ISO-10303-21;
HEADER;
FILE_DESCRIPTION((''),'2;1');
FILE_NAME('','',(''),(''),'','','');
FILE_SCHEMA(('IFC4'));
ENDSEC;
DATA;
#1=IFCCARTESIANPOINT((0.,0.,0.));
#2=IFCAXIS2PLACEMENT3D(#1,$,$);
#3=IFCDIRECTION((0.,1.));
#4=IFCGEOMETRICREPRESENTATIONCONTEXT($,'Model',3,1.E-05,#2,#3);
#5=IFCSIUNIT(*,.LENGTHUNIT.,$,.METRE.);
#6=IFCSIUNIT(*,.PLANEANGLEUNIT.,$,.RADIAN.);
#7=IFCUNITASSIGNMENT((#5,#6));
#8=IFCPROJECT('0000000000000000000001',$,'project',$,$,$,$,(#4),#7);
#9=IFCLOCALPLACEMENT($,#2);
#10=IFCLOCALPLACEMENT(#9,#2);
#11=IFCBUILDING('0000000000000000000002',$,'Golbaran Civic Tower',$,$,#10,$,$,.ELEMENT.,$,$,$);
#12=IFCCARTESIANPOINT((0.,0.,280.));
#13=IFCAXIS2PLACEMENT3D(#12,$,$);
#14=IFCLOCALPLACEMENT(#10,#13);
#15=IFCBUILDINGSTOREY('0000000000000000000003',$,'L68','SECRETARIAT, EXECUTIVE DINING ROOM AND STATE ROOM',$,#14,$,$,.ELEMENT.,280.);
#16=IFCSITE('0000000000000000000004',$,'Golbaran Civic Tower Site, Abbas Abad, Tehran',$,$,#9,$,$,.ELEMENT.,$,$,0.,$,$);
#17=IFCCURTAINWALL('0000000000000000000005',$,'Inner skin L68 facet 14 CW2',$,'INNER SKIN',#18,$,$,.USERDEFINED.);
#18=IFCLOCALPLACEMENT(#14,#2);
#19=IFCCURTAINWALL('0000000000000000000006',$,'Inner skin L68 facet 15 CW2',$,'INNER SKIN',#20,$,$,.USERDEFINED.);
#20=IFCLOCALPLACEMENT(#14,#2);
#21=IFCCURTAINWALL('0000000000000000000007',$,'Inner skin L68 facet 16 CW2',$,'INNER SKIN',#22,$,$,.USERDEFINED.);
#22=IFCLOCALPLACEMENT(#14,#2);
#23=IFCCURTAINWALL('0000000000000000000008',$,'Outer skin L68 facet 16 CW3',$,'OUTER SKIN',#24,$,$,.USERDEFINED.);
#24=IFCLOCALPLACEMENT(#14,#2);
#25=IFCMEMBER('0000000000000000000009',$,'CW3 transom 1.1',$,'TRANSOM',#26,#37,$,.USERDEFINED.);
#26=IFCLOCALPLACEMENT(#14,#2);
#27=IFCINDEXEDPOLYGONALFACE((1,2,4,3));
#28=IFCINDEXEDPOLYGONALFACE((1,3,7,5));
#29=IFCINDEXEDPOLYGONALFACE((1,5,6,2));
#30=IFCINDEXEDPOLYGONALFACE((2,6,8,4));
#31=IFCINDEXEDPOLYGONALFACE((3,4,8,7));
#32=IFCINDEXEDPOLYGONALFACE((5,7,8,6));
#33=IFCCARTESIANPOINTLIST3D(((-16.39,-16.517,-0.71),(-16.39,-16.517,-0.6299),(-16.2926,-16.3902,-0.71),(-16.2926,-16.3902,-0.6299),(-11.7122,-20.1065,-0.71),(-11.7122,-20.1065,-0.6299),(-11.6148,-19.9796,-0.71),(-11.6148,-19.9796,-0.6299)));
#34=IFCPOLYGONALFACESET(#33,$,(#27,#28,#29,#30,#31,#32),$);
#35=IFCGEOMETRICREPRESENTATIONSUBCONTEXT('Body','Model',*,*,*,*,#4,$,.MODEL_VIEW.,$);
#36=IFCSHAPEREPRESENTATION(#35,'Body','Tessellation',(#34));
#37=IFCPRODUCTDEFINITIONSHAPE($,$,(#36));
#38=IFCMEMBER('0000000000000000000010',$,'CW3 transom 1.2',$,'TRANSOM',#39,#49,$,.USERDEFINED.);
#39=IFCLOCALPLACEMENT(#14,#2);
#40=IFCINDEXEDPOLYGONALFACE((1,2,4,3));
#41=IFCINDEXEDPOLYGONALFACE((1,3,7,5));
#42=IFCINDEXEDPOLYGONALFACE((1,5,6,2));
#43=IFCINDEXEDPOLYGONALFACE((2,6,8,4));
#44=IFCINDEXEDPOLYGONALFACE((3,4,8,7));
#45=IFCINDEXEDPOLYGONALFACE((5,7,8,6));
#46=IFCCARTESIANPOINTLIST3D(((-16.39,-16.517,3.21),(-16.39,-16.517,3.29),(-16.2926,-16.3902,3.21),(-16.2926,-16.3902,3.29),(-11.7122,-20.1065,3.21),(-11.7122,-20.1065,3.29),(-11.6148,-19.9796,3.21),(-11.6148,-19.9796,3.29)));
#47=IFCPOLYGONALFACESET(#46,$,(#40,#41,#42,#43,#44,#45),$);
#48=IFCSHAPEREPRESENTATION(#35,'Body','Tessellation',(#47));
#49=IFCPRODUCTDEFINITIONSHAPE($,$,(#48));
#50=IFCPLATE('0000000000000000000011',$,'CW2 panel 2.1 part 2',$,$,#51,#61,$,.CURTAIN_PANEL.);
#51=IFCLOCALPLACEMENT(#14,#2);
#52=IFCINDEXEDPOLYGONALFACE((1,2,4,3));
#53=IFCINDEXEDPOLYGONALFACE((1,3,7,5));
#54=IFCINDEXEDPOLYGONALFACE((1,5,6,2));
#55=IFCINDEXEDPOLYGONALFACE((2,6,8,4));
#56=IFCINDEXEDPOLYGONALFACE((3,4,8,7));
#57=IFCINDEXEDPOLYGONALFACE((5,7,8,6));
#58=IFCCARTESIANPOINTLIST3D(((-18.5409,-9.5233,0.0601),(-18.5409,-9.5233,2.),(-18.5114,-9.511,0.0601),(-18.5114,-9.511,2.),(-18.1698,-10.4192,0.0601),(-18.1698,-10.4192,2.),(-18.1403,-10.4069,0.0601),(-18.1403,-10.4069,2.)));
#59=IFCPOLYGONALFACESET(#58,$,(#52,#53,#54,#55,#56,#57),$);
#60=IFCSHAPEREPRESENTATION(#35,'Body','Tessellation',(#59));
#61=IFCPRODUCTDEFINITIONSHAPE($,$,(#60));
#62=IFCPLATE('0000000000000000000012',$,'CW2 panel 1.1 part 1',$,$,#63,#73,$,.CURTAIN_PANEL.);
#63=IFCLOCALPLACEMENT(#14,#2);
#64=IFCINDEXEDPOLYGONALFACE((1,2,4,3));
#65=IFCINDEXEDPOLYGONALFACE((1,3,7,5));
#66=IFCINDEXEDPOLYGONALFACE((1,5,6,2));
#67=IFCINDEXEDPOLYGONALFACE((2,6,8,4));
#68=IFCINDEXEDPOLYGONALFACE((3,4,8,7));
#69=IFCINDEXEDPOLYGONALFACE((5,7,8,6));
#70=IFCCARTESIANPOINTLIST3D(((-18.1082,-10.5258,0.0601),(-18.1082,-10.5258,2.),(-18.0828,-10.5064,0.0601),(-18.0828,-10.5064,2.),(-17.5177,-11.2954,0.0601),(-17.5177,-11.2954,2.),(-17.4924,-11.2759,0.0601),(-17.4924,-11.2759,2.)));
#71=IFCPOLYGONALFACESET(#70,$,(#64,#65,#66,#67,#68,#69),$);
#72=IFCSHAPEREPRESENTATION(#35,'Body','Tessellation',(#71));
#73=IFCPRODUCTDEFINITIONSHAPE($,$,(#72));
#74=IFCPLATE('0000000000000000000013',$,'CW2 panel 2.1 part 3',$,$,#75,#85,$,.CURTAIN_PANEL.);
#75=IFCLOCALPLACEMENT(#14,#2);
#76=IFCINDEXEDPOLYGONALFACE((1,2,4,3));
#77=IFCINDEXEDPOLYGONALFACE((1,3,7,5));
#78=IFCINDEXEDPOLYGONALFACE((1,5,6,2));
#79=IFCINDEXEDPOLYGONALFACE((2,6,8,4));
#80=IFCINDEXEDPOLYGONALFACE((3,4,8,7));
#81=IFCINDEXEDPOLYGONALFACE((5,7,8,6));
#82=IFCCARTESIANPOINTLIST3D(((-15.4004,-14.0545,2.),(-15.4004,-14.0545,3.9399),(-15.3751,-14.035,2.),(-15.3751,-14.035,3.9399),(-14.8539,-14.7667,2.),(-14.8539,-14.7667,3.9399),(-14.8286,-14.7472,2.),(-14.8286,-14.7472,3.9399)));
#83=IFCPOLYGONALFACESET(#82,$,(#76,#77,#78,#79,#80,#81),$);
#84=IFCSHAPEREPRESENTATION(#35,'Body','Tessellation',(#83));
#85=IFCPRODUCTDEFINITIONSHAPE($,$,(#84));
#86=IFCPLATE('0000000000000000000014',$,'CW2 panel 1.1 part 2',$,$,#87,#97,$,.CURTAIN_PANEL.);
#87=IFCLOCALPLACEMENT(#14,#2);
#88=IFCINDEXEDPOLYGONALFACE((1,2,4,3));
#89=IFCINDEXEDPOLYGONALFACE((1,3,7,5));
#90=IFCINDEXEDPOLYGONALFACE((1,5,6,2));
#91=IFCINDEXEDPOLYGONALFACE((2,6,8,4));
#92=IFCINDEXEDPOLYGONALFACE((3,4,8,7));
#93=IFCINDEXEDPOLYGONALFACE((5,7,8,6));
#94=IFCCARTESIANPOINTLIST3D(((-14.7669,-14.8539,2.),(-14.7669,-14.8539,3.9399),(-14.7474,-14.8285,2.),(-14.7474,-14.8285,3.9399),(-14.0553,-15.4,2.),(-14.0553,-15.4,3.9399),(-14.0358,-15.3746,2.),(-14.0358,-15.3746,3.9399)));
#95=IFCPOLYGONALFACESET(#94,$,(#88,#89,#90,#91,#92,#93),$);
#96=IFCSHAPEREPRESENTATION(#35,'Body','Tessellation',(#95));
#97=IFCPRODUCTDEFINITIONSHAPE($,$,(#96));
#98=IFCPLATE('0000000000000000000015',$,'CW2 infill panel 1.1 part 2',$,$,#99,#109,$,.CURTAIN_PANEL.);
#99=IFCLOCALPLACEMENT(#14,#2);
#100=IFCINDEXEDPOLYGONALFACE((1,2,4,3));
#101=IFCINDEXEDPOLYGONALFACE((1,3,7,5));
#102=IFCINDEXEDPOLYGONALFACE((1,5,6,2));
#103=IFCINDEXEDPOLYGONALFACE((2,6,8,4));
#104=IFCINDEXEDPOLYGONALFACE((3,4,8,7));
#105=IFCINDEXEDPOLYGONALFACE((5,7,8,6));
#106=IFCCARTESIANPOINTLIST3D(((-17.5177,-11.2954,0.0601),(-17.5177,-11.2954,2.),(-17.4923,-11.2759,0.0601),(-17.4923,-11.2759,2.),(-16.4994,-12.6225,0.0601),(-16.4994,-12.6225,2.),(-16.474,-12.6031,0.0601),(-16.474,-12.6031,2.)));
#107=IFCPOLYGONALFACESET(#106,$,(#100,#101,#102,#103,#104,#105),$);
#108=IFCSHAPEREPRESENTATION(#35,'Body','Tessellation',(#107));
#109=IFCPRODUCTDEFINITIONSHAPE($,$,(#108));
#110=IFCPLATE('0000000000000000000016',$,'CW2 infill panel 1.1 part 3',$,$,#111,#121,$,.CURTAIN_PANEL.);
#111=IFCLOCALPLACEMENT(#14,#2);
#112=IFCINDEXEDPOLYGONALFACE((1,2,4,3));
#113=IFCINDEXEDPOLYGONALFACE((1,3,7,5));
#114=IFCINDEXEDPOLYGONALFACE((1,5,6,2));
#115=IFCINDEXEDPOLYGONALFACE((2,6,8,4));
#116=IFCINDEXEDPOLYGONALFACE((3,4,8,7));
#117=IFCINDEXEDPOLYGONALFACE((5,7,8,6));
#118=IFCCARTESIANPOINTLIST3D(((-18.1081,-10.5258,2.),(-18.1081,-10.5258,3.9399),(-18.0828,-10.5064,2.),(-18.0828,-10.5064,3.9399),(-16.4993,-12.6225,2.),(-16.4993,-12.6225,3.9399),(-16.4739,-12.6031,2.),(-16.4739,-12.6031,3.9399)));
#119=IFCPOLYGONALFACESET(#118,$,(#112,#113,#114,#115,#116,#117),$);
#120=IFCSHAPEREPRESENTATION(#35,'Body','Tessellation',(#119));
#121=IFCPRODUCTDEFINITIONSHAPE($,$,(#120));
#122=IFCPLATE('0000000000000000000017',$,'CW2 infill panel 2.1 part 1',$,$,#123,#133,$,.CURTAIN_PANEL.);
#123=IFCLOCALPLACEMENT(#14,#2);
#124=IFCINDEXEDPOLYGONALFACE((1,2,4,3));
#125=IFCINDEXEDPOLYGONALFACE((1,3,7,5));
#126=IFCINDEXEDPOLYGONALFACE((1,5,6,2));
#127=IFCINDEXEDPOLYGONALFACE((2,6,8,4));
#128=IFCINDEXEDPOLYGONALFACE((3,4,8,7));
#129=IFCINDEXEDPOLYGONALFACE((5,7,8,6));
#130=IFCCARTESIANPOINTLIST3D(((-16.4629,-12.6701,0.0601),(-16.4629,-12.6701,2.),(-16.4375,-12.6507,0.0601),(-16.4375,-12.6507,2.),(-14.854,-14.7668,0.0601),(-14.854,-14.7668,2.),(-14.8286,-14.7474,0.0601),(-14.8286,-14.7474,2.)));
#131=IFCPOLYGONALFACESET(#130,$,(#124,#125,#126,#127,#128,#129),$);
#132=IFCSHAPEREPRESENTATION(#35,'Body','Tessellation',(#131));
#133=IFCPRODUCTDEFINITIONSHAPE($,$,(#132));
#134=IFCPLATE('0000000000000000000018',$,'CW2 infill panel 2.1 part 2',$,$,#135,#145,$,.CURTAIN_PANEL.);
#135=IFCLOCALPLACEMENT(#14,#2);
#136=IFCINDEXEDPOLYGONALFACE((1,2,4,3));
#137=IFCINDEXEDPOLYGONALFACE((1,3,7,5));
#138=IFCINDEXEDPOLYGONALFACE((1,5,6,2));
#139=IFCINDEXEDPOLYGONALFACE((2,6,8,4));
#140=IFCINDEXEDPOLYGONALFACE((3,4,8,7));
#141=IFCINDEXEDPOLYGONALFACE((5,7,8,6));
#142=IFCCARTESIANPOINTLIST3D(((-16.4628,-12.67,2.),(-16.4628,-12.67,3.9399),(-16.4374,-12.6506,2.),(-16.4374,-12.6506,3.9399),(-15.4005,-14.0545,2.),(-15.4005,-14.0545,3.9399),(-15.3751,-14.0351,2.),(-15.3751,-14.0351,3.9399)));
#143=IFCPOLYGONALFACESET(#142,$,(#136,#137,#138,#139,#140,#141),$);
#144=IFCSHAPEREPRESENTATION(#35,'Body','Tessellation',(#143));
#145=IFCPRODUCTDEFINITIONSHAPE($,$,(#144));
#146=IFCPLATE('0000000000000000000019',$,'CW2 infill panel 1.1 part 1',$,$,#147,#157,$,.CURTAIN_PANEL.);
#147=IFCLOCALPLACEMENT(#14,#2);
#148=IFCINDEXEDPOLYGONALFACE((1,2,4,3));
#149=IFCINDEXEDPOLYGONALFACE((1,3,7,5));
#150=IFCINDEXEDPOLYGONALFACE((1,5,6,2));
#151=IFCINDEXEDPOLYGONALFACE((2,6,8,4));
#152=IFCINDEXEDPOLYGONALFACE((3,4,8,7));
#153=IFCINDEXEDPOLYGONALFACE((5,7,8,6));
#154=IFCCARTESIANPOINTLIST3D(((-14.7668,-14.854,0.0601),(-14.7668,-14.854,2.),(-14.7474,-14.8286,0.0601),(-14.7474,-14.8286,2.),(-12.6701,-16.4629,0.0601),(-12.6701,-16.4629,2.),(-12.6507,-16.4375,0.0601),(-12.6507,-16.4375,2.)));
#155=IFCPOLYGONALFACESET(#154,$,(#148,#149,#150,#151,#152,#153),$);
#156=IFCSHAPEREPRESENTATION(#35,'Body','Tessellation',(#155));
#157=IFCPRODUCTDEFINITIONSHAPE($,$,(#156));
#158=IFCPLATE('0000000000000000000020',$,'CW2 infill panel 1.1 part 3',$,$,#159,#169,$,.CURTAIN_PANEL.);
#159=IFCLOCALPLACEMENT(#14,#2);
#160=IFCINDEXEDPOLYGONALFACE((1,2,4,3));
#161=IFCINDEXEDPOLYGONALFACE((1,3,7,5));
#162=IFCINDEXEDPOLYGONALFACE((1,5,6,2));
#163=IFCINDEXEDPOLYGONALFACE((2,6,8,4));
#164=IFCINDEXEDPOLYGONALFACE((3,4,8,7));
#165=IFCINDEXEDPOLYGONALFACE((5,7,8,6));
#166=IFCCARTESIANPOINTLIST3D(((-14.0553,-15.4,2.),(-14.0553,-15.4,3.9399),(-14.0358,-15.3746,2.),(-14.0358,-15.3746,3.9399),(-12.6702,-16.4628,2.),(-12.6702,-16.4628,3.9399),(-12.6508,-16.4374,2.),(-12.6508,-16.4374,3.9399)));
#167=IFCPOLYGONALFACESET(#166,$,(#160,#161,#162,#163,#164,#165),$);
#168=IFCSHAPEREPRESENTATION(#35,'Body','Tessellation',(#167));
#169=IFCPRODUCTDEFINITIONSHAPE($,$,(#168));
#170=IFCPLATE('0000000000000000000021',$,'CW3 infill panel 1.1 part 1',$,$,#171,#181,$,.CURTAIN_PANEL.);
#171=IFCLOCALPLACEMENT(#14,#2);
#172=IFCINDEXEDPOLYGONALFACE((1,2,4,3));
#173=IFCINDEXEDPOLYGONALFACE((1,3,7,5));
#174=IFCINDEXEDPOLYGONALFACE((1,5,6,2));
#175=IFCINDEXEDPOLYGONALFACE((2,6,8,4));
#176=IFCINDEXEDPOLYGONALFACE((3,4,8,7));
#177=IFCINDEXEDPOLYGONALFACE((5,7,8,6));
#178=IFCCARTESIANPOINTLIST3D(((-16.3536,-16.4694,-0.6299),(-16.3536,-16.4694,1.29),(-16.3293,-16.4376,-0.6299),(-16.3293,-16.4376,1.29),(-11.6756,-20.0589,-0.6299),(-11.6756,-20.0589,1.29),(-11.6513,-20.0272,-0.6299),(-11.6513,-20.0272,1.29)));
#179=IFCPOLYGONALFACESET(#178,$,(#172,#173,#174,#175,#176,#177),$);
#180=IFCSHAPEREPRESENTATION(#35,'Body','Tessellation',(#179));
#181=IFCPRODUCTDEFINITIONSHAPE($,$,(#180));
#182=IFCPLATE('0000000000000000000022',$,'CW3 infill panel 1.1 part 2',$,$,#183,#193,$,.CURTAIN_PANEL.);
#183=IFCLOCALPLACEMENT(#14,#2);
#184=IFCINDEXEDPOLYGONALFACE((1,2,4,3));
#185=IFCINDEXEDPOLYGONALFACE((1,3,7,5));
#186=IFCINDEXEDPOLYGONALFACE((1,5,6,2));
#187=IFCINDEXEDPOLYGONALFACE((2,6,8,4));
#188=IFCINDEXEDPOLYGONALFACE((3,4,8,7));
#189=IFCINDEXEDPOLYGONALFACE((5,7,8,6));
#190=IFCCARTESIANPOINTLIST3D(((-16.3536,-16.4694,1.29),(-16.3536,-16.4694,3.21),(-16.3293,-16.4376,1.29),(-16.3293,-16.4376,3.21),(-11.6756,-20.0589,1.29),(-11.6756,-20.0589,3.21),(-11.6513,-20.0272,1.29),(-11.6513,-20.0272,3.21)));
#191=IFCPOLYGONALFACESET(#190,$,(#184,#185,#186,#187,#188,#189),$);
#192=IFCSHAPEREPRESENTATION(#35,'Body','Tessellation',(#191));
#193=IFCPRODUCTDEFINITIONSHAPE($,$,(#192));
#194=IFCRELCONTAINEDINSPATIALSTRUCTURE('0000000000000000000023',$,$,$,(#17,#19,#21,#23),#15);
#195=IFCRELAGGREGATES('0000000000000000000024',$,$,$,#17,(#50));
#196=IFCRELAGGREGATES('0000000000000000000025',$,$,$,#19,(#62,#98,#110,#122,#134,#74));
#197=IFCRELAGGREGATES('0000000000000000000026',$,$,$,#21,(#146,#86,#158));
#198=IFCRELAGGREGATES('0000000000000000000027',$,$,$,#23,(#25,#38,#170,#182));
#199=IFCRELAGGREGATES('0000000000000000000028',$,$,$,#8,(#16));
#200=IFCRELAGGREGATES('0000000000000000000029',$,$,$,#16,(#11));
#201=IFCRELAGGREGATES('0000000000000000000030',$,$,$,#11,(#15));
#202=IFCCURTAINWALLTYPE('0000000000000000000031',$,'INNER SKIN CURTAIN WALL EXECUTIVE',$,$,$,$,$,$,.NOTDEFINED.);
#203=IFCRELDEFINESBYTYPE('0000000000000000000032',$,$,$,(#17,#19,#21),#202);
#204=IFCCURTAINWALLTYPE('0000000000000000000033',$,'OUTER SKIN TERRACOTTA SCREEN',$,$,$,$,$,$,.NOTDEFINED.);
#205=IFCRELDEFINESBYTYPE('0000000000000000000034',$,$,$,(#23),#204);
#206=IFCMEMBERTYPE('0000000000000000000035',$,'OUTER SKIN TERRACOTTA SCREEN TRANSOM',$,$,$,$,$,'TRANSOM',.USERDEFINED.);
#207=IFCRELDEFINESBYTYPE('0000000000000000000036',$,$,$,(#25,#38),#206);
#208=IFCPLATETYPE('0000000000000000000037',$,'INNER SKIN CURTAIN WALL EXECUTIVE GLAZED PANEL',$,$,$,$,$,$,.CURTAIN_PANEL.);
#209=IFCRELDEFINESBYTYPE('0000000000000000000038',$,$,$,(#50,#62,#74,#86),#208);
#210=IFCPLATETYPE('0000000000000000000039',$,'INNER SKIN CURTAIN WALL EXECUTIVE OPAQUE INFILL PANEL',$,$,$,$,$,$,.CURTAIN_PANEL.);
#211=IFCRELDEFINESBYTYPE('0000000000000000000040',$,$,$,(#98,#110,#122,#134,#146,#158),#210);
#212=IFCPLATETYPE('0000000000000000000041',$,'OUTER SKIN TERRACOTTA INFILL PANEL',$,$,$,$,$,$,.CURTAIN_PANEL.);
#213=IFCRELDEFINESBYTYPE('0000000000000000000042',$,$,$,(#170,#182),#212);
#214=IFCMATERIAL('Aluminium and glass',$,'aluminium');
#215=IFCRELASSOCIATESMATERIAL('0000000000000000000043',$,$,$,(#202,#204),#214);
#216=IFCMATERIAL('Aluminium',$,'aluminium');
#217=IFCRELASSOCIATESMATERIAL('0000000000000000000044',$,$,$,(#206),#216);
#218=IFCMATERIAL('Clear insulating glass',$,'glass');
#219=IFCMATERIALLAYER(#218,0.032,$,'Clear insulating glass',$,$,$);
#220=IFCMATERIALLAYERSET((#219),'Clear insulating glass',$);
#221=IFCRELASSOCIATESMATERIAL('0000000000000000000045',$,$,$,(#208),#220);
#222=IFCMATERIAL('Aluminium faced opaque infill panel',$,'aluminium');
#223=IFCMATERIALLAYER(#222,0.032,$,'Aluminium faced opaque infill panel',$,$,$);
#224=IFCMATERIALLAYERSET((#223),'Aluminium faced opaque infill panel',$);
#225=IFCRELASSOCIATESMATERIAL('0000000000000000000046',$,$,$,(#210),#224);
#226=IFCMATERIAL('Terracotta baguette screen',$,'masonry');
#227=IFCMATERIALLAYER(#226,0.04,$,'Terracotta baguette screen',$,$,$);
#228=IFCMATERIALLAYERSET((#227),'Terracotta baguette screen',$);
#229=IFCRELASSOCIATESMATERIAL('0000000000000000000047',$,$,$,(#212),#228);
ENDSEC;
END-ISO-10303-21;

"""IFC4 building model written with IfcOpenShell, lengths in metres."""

from ifc_helpers import new_model, si_unit, direction, frame, origin, origin_2d, place, context, subcontext, project, spatial, rectangle, extrude, material, layer, layer_set, material_profile, profile_set, type_object, element, aggregate, save


model = new_model("IFC4")

# Units and contexts
model_context = context("Model", 3, precision=1e-05, world=origin(), true_north=direction((0.0, 1.0)))
body_context = subcontext(model_context, "Body", "Model", "MODEL_VIEW")
ifc_project = project(units=[si_unit("LENGTHUNIT", "METRE"), si_unit("PLANEANGLEUNIT", "RADIAN")], contexts=[model_context])

# Site, building, storey
site_placement = place(None, origin())
site = spatial("IfcSite", under=ifc_project, at=site_placement, Name="Golbaran Civic Tower Site, Abbas Abad, Tehran", CompositionType="ELEMENT", RefElevation=0.0)
building_placement = place(site_placement, origin())
building = spatial("IfcBuilding", under=site, at=building_placement, Name="Golbaran Civic Tower", CompositionType="ELEMENT")
storey_placement = place(building_placement, frame((0.0, 0.0, 280.0)))
storey = spatial("IfcBuildingStorey", under=building, at=storey_placement, Name="L68", Description="SECRETARIAT, EXECUTIVE DINING ROOM AND STATE ROOM", CompositionType="ELEMENT", Elevation=280.0)

# Curtain wall
ifc_material_1 = material(Name="Aluminium and glass", Category="aluminium")
curtain_wall_type_1 = type_object("IfcCurtainWallType", Name="INNER SKIN CURTAIN WALL EXECUTIVE", PredefinedType="NOTDEFINED", material=ifc_material_1)
curtain_wall_1_placement = place(storey_placement, origin())
curtain_wall_1 = element("IfcCurtainWall", 1, at=curtain_wall_1_placement, inside=storey, type_object=curtain_wall_type_1, Name="Inner skin L68 facet 14 CW2", ObjectType="INNER SKIN", PredefinedType="USERDEFINED")
ifc_material_2 = material(Name="Aluminium", Category="aluminium")

# Curtain walls
curtain_wall_2_placement = place(storey_placement, origin())
curtain_wall_2 = element("IfcCurtainWall", 2, at=curtain_wall_2_placement, inside=storey, type_object=curtain_wall_type_1, Name="Inner skin L68 facet 15 CW2", ObjectType="INNER SKIN", PredefinedType="USERDEFINED")
curtain_wall_3_placement = place(storey_placement, origin())
curtain_wall_3 = element("IfcCurtainWall", 3, at=curtain_wall_3_placement, inside=storey, type_object=curtain_wall_type_1, Name="Inner skin L68 facet 16 CW2", ObjectType="INNER SKIN", PredefinedType="USERDEFINED")

# Shared definitions
curtain_wall_type_2 = type_object("IfcCurtainWallType", Name="OUTER SKIN TERRACOTTA SCREEN", PredefinedType="NOTDEFINED", material=ifc_material_1)

# Curtain wall
curtain_wall_4_placement = place(storey_placement, origin())
curtain_wall_4 = element("IfcCurtainWall", 4, at=curtain_wall_4_placement, inside=storey, type_object=curtain_wall_type_2, Name="Outer skin L68 facet 16 CW3", ObjectType="OUTER SKIN", PredefinedType="USERDEFINED")

# Members
ifc_material_profile_1 = material_profile(ifc_material_2, rectangle(XDim=0.1599, YDim=0.0801, at=origin_2d()), Name="OUTER SKIN TERRACOTTA SCREEN TRANSOM")
ifc_profile_set_1 = profile_set([ifc_material_profile_1], Name="Aluminium")
member_type_1 = type_object("IfcMemberType", Name="OUTER SKIN TERRACOTTA SCREEN TRANSOM", ElementType="TRANSOM", PredefinedType="USERDEFINED", material=ifc_profile_set_1)
member_1_placement = place(storey_placement, frame((-16.3413, -16.4536, -0.6699), z_axis=(0.793353, -0.608762, 0.0), x_axis=(0.608762, 0.793353, 0.0)))
member_1 = element("IfcMember", 5, at=member_1_placement, type_object=member_type_1, Name="CW3 transom 1.1", ObjectType="TRANSOM", PredefinedType="USERDEFINED", context=body_context, shape_type="SweptSolid", body=[
    extrude(rectangle(XDim=0.1599, YDim=0.0801, at=origin_2d()), origin(), (0.0, 0.0, 1.0), 5.8962),
])
member_2_placement = place(storey_placement, frame((-16.3413, -16.4536, 3.25), z_axis=(0.793353, -0.608762, 0.0), x_axis=(0.608762, 0.793353, 0.0)))
member_2 = element("IfcMember", 6, at=member_2_placement, type_object=member_type_1, Name="CW3 transom 1.2", ObjectType="TRANSOM", PredefinedType="USERDEFINED", context=body_context, shape_type="SweptSolid", body=[
    extrude(rectangle(XDim=0.1599, YDim=0.0801, at=origin_2d()), origin(), (0.0, 0.0, 1.0), 5.8962),
])

# Plates
ifc_material_3 = material(Name="Clear insulating glass", Category="glass")
ifc_layer_1 = layer(ifc_material_3, 0.032, Name="Clear insulating glass")
ifc_layer_set_1 = layer_set([ifc_layer_1], Name="Clear insulating glass")
plate_type_1 = type_object("IfcPlateType", Name="INNER SKIN CURTAIN WALL EXECUTIVE GLAZED PANEL", PredefinedType="CURTAIN_PANEL", material=ifc_layer_set_1)
plate_1_placement = place(storey_placement, frame((-18.3406, -9.9651, 0.0601), z_axis=(0.0, 0.0, 1.0), x_axis=(0.382683, -0.92388, 0.0)))
plate_1 = element("IfcPlate", 7, at=plate_1_placement, type_object=plate_type_1, Name="CW2 panel 2.1 part 2", PredefinedType="CURTAIN_PANEL", context=body_context, shape_type="SweptSolid", body=[
    extrude(rectangle(XDim=0.9697, YDim=0.032, at=origin_2d()), origin(), (0.0, 0.0, 1.0), 1.9399),
])
aggregate(curtain_wall_1, [plate_1])
plate_2_placement = place(storey_placement, frame((-17.8003, -10.9009, 0.0601), z_axis=(0.0, 0.0, 1.0), x_axis=(0.608761, -0.793353, 0.0)))
plate_2 = element("IfcPlate", 8, at=plate_2_placement, type_object=plate_type_1, Name="CW2 panel 1.1 part 1", PredefinedType="CURTAIN_PANEL", context=body_context, shape_type="SweptSolid", body=[
    extrude(rectangle(XDim=0.97, YDim=0.032, at=origin_2d()), origin(), (0.0, 0.0, 1.0), 1.9399),
])
plate_3_placement = place(storey_placement, frame((-15.1145, -14.4009, 2.0), z_axis=(0.0, 0.0, 1.0), x_axis=(0.608761, -0.793353, 0.0)))
plate_3 = element("IfcPlate", 9, at=plate_3_placement, type_object=plate_type_1, Name="CW2 panel 2.1 part 3", PredefinedType="CURTAIN_PANEL", context=body_context, shape_type="SweptSolid", body=[
    extrude(rectangle(XDim=0.8977, YDim=0.032, at=origin_2d()), origin(), (0.0, 0.0, 1.0), 1.9399),
])
plate_4_placement = place(storey_placement, frame((-14.4014, -15.1143, 2.0), z_axis=(0.0, 0.0, 1.0), x_axis=(0.793353, -0.608761, 0.0)))
plate_4 = element("IfcPlate", 10, at=plate_4_placement, type_object=plate_type_1, Name="CW2 panel 1.1 part 2", PredefinedType="CURTAIN_PANEL", context=body_context, shape_type="SweptSolid", body=[
    extrude(rectangle(XDim=0.897, YDim=0.032, at=origin_2d()), origin(), (0.0, 0.0, 1.0), 1.9399),
])
ifc_material_4 = material(Name="Aluminium faced opaque infill panel", Category="aluminium")
ifc_layer_2 = layer(ifc_material_4, 0.032, Name="Aluminium faced opaque infill panel")
ifc_layer_set_2 = layer_set([ifc_layer_2], Name="Aluminium faced opaque infill panel")
plate_type_2 = type_object("IfcPlateType", Name="INNER SKIN CURTAIN WALL EXECUTIVE OPAQUE INFILL PANEL", PredefinedType="CURTAIN_PANEL", material=ifc_layer_set_2)
plate_5_placement = place(storey_placement, frame((-16.9958, -11.9492, 0.0601), z_axis=(0.0, 0.0, 1.0), x_axis=(0.608761, -0.793353, 0.0)))
plate_5 = element("IfcPlate", 11, at=plate_5_placement, type_object=plate_type_2, Name="CW2 infill panel 1.1 part 2", PredefinedType="CURTAIN_PANEL", context=body_context, shape_type="SweptSolid", body=[
    extrude(rectangle(XDim=1.6729, YDim=0.032, at=origin_2d()), origin(), (0.0, 0.0, 1.0), 1.9399),
])
plate_6_placement = place(storey_placement, frame((-17.291, -11.5645, 2.0), z_axis=(0.0, 0.0, 1.0), x_axis=(0.608761, -0.793353, 0.0)))
plate_6 = element("IfcPlate", 12, at=plate_6_placement, type_object=plate_type_2, Name="CW2 infill panel 1.1 part 3", PredefinedType="CURTAIN_PANEL", context=body_context, shape_type="SweptSolid", body=[
    extrude(rectangle(XDim=2.6428, YDim=0.032, at=origin_2d()), origin(), (0.0, 0.0, 1.0), 1.9399),
])
plate_7_placement = place(storey_placement, frame((-15.6458, -13.7087, 0.0601), z_axis=(0.0, 0.0, 1.0), x_axis=(0.608761, -0.793353, 0.0)))
plate_7 = element("IfcPlate", 13, at=plate_7_placement, type_object=plate_type_2, Name="CW2 infill panel 2.1 part 1", PredefinedType="CURTAIN_PANEL", context=body_context, shape_type="SweptSolid", body=[
    extrude(rectangle(XDim=2.6428, YDim=0.032, at=origin_2d()), origin(), (0.0, 0.0, 1.0), 1.9399),
])
plate_8_placement = place(storey_placement, frame((-15.9189, -13.3525, 2.0), z_axis=(0.0, 0.0, 1.0), x_axis=(0.608761, -0.793353, 0.0)))
plate_8 = element("IfcPlate", 14, at=plate_8_placement, type_object=plate_type_2, Name="CW2 infill panel 2.1 part 2", PredefinedType="CURTAIN_PANEL", context=body_context, shape_type="SweptSolid", body=[
    extrude(rectangle(XDim=1.7451, YDim=0.032, at=origin_2d()), origin(), (0.0, 0.0, 1.0), 1.9399),
])
aggregate(curtain_wall_2, [plate_2, plate_5, plate_6, plate_7, plate_8, plate_3])
plate_9_placement = place(storey_placement, frame((-13.7087, -15.6458, 0.0601), z_axis=(0.0, 0.0, 1.0), x_axis=(0.793353, -0.608761, 0.0)))
plate_9 = element("IfcPlate", 15, at=plate_9_placement, type_object=plate_type_2, Name="CW2 infill panel 1.1 part 1", PredefinedType="CURTAIN_PANEL", context=body_context, shape_type="SweptSolid", body=[
    extrude(rectangle(XDim=2.6428, YDim=0.032, at=origin_2d()), origin(), (0.0, 0.0, 1.0), 1.9399),
])
plate_10_placement = place(storey_placement, frame((-13.353, -15.9187, 2.0), z_axis=(0.0, 0.0, 1.0), x_axis=(0.793353, -0.608761, 0.0)))
plate_10 = element("IfcPlate", 16, at=plate_10_placement, type_object=plate_type_2, Name="CW2 infill panel 1.1 part 3", PredefinedType="CURTAIN_PANEL", context=body_context, shape_type="SweptSolid", body=[
    extrude(rectangle(XDim=1.7458, YDim=0.032, at=origin_2d()), origin(), (0.0, 0.0, 1.0), 1.9399),
])
aggregate(curtain_wall_3, [plate_9, plate_4, plate_10])
ifc_material_5 = material(Name="Terracotta baguette screen", Category="masonry")
ifc_layer_3 = layer(ifc_material_5, 0.04, Name="Terracotta baguette screen")
ifc_layer_set_3 = layer_set([ifc_layer_3], Name="Terracotta baguette screen")
plate_type_3 = type_object("IfcPlateType", Name="OUTER SKIN TERRACOTTA INFILL PANEL", PredefinedType="CURTAIN_PANEL", material=ifc_layer_set_3)
plate_11_placement = place(storey_placement, frame((-14.0024, -18.2483, -0.6299), z_axis=(0.0, 0.0, 1.0), x_axis=(0.793353, -0.608761, 0.0)))
plate_11 = element("IfcPlate", 17, at=plate_11_placement, type_object=plate_type_3, Name="CW3 infill panel 1.1 part 1", PredefinedType="CURTAIN_PANEL", context=body_context, shape_type="SweptSolid", body=[
    extrude(rectangle(XDim=5.8965, YDim=0.04, at=origin_2d()), origin(), (0.0, 0.0, 1.0), 1.9199),
])
plate_12_placement = place(storey_placement, frame((-14.0024, -18.2483, 1.29), z_axis=(0.0, 0.0, 1.0), x_axis=(0.793353, -0.608761, 0.0)))
plate_12 = element("IfcPlate", 18, at=plate_12_placement, type_object=plate_type_3, Name="CW3 infill panel 1.1 part 2", PredefinedType="CURTAIN_PANEL", context=body_context, shape_type="SweptSolid", body=[
    extrude(rectangle(XDim=5.8965, YDim=0.04, at=origin_2d()), origin(), (0.0, 0.0, 1.0), 1.9199),
])
aggregate(curtain_wall_4, [member_1, member_2, plate_11, plate_12])

save(model, "model.ifc")
